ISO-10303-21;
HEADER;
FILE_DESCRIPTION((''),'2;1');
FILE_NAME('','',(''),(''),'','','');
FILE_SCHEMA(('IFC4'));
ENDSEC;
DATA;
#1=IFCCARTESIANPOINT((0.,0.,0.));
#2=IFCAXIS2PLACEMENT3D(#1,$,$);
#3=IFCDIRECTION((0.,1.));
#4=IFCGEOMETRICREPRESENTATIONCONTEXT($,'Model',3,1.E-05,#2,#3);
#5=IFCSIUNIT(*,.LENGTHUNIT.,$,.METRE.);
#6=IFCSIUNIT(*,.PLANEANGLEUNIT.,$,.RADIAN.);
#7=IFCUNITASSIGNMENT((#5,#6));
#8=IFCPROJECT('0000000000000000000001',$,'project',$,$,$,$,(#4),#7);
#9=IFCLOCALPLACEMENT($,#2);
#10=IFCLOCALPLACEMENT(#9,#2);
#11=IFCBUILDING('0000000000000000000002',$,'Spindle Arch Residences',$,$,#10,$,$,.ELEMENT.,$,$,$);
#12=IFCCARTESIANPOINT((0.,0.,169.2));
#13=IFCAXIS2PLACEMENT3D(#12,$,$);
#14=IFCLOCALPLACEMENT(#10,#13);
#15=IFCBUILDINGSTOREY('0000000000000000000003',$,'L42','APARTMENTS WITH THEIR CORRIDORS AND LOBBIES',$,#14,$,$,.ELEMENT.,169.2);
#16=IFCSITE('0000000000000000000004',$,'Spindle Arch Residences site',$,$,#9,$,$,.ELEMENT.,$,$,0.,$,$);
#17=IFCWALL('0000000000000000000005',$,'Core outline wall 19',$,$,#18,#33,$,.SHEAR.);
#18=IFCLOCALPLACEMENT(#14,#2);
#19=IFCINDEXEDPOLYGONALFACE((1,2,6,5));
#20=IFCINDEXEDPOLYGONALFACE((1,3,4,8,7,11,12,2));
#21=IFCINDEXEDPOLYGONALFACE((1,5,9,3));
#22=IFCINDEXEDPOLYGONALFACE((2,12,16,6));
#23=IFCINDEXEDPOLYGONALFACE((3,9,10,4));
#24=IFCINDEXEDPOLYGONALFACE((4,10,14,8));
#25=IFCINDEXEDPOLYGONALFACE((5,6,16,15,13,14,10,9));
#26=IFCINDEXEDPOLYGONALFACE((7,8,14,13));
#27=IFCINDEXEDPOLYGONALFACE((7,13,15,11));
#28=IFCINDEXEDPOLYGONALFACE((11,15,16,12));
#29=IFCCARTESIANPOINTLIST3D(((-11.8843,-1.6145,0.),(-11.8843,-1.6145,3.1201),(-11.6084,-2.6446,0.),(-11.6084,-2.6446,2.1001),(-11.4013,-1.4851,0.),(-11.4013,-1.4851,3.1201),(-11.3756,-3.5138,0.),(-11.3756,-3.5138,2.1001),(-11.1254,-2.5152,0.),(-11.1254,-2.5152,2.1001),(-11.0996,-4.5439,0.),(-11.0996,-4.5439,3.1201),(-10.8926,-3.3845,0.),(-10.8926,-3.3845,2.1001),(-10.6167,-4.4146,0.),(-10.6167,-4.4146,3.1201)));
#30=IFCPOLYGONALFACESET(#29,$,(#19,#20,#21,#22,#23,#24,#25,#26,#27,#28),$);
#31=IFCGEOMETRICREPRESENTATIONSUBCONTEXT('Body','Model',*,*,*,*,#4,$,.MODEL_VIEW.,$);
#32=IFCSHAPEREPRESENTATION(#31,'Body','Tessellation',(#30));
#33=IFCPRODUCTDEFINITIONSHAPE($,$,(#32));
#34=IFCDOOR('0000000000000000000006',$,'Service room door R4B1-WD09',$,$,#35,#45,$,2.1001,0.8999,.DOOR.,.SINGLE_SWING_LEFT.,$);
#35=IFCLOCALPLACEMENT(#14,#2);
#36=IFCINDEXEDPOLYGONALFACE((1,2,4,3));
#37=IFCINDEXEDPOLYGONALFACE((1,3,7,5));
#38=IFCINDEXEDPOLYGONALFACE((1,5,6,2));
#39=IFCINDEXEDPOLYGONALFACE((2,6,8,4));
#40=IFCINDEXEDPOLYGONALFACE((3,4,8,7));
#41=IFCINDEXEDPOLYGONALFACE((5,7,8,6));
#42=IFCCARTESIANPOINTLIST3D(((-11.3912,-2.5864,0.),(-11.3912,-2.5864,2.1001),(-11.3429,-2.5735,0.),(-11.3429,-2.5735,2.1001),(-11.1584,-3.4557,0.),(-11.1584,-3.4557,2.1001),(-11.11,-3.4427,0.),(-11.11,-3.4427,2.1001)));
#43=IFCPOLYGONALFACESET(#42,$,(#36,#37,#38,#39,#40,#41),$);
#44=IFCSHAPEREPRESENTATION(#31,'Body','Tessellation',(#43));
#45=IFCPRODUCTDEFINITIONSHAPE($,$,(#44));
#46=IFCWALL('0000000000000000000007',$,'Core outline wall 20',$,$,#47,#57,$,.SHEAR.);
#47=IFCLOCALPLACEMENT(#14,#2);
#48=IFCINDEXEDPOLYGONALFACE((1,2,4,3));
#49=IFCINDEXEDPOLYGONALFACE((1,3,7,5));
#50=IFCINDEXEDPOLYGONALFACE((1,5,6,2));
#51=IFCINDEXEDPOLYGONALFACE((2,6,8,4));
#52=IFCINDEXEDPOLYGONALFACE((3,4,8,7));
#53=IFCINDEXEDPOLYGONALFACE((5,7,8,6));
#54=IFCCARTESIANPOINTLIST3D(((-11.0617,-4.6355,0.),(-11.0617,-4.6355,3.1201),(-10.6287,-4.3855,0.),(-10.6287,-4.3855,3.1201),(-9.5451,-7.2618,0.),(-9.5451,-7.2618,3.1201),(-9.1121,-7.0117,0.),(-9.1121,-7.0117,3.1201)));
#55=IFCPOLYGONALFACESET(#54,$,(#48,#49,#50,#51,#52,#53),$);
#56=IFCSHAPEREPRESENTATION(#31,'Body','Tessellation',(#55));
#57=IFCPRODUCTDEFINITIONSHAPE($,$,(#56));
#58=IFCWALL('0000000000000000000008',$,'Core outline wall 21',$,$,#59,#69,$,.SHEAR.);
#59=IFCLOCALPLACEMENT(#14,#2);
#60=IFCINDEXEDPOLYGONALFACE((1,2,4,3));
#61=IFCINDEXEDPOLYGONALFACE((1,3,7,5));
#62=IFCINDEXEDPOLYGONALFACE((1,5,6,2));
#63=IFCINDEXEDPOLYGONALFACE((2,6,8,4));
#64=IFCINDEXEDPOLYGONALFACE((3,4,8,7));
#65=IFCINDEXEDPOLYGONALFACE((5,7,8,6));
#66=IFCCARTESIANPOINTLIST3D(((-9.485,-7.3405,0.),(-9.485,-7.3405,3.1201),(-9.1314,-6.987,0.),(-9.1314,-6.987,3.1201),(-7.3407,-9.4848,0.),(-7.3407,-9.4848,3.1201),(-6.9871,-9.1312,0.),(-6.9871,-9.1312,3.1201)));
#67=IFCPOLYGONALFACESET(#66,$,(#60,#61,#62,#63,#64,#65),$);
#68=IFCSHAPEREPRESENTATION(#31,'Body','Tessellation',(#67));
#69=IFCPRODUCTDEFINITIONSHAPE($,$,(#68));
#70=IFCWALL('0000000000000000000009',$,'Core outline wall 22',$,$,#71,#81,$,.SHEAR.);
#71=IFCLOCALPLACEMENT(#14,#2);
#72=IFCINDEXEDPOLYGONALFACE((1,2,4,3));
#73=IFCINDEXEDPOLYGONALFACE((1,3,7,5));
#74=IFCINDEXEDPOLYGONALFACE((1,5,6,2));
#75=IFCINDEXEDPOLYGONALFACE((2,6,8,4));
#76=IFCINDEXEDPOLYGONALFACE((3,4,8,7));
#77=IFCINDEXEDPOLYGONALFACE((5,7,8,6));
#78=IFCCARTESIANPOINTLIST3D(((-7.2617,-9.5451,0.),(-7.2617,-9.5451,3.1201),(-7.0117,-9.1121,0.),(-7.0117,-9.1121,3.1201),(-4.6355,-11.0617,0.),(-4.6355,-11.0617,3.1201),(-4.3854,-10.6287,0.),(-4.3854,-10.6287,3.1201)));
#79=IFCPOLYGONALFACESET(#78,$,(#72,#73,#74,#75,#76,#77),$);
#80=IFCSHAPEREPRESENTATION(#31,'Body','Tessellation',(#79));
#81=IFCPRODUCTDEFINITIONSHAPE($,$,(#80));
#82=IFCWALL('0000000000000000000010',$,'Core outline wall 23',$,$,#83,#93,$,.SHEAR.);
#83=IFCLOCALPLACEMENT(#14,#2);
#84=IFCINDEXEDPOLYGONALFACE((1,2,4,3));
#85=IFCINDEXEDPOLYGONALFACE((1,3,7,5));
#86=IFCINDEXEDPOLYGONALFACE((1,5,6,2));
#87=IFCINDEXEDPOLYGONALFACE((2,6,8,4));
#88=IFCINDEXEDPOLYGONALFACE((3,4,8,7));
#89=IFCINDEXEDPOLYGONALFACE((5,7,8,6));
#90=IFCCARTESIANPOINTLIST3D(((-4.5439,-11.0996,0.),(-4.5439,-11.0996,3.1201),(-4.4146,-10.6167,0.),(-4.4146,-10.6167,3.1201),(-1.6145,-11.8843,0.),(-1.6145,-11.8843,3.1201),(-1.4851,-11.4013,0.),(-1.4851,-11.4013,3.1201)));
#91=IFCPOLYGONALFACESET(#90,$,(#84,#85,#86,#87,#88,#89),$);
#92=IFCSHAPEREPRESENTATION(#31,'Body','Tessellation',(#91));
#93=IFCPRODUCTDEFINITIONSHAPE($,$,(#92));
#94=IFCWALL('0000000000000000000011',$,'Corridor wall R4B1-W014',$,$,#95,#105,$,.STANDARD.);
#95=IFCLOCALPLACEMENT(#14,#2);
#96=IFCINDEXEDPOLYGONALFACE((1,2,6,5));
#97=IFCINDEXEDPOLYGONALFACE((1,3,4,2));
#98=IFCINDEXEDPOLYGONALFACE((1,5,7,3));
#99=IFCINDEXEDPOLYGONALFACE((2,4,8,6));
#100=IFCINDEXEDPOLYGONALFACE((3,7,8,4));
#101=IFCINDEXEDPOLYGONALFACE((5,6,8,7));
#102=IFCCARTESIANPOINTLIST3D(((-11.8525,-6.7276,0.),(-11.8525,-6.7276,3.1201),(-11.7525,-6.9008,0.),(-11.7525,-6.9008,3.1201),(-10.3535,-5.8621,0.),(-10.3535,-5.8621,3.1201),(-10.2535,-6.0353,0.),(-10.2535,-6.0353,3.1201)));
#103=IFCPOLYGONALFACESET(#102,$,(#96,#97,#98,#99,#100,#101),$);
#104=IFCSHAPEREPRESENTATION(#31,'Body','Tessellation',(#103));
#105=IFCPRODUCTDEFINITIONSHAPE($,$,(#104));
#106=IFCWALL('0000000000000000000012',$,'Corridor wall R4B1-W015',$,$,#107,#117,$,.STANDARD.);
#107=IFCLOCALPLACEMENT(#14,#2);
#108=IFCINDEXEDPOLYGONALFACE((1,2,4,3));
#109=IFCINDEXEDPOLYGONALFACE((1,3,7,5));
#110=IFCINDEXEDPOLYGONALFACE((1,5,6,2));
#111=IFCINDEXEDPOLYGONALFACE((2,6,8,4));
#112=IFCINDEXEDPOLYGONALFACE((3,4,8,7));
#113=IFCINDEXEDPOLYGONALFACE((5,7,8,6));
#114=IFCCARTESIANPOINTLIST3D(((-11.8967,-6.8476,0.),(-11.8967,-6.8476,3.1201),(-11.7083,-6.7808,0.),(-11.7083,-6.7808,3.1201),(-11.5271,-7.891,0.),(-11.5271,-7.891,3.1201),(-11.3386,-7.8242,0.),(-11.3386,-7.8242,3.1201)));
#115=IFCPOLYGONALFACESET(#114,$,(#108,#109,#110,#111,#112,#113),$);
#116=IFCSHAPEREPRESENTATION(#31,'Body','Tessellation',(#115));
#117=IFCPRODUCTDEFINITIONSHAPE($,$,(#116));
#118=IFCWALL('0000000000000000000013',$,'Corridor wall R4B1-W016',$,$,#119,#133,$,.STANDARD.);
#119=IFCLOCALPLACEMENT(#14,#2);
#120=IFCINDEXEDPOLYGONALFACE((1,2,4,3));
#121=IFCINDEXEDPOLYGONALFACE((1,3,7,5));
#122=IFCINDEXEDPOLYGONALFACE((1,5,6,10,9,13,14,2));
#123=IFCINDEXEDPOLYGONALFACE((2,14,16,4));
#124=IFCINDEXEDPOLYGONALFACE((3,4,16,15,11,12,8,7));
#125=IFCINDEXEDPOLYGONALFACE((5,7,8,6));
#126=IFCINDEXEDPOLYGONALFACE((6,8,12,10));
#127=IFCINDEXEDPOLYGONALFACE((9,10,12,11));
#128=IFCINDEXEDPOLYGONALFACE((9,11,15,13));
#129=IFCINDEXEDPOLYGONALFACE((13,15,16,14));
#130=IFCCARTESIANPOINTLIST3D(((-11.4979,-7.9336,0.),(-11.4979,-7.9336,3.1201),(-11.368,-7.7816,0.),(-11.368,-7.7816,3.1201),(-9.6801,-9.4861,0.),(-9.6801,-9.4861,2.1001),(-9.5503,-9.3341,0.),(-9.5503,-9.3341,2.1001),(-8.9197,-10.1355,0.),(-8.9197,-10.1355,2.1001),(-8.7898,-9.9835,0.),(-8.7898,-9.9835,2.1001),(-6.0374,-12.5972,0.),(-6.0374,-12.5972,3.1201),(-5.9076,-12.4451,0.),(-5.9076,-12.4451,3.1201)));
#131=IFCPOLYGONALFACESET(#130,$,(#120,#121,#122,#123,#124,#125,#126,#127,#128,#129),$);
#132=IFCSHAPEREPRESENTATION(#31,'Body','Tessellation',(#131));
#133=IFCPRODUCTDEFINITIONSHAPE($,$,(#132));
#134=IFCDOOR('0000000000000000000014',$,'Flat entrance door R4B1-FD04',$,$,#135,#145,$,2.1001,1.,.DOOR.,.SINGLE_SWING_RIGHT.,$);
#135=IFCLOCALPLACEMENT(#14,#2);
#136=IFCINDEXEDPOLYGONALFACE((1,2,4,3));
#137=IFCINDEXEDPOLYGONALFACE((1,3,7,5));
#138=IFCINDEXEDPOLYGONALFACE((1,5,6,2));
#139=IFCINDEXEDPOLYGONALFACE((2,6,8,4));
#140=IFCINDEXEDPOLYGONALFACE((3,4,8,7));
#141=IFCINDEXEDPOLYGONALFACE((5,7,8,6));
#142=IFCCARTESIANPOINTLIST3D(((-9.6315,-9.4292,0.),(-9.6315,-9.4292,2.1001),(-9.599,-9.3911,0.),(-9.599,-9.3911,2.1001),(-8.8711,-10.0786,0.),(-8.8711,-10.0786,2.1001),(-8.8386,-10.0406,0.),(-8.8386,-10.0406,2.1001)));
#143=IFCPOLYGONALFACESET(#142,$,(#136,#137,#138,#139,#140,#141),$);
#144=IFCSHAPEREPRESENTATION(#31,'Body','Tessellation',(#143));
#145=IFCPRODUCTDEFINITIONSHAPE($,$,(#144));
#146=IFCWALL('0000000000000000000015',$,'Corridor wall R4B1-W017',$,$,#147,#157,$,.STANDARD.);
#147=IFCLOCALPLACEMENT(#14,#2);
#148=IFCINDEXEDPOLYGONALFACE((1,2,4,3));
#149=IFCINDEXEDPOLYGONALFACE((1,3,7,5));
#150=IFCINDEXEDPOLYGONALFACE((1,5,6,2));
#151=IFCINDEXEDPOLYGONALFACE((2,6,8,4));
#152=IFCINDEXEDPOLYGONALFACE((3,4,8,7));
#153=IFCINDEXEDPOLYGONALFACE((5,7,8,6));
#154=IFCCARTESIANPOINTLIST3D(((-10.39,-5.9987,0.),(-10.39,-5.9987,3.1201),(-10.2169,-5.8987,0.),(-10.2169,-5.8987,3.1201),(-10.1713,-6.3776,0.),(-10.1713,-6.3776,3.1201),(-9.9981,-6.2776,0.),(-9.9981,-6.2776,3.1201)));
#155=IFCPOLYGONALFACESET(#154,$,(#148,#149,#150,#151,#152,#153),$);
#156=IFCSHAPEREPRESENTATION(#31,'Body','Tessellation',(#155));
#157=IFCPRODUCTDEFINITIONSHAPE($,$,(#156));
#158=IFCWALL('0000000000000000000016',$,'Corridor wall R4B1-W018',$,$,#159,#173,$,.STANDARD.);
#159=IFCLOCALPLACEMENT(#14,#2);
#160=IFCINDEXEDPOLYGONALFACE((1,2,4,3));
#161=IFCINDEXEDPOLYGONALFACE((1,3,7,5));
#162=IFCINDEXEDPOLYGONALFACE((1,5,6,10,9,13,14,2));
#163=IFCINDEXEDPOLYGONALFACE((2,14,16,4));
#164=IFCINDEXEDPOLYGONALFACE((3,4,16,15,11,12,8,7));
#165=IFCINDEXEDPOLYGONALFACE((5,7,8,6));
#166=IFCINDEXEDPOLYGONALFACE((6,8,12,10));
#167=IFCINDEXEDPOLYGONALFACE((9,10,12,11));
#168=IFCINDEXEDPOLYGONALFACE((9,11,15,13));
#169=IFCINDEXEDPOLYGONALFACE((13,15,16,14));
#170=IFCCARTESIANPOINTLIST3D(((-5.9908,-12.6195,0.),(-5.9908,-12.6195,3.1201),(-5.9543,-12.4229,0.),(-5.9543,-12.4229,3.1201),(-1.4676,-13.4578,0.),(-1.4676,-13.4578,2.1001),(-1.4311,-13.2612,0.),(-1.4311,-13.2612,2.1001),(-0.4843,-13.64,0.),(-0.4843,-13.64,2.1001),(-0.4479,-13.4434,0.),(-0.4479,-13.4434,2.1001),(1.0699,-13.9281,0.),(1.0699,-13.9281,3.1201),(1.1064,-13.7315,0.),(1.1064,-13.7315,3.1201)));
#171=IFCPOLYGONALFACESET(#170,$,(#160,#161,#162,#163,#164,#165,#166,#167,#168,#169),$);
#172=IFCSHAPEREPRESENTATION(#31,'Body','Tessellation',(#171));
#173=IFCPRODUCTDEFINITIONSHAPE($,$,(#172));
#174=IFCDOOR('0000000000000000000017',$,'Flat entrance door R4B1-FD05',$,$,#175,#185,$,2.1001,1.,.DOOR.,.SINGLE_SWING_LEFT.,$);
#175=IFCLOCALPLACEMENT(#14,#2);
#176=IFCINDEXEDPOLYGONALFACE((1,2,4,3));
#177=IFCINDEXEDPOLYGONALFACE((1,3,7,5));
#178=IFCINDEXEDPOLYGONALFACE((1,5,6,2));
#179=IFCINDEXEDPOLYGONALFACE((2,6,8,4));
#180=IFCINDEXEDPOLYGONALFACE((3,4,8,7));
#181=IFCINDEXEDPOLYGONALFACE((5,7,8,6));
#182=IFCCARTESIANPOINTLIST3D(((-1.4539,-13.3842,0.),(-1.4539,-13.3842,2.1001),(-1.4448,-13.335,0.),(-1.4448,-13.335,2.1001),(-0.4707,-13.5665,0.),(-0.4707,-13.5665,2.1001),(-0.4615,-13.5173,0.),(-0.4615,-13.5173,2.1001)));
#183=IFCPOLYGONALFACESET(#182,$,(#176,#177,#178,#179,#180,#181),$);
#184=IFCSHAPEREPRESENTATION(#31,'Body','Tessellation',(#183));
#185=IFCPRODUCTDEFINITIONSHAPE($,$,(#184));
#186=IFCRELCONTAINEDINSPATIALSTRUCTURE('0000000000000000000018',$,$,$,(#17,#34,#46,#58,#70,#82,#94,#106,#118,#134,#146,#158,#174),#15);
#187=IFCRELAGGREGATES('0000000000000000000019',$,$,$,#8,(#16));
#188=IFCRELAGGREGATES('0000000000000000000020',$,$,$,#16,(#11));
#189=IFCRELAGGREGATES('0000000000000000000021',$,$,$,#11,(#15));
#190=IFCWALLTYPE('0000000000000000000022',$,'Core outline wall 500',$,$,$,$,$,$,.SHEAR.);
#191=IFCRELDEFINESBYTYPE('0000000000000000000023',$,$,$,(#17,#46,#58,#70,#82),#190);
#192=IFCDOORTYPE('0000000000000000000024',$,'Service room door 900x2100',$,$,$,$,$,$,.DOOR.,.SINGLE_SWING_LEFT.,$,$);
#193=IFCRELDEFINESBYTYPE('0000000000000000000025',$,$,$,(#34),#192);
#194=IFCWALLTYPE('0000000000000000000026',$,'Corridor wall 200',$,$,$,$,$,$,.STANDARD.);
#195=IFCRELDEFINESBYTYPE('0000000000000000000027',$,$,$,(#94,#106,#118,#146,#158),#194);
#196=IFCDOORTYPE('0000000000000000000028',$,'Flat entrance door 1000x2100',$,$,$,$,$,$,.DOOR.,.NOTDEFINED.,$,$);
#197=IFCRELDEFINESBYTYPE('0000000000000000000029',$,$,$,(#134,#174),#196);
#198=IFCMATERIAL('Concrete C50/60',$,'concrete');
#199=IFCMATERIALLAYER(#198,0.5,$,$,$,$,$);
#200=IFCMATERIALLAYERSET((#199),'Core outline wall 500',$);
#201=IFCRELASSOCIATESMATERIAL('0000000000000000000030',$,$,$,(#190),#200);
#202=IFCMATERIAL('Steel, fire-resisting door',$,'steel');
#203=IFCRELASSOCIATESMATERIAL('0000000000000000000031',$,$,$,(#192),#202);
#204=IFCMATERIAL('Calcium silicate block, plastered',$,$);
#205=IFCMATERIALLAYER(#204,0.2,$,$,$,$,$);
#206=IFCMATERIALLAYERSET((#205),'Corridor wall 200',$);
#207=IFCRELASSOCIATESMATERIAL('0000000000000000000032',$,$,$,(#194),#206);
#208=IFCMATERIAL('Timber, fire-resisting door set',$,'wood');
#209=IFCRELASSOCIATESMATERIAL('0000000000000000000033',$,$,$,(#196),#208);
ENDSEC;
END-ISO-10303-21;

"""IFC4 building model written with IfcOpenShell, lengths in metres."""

from ifc_helpers import new_model, si_unit, direction, frame, frame_2d, origin, place, context, subcontext, project, spatial, rectangle, extrude, material, layer, layer_set, type_object, element, fill, save


model = new_model("IFC4")

# Units and contexts
model_context = context("Model", 3, precision=1e-05, world=origin(), true_north=direction((0.0, 1.0)))
body_context = subcontext(model_context, "Body", "Model", "MODEL_VIEW")
ifc_project = project(units=[si_unit("LENGTHUNIT", "METRE"), si_unit("PLANEANGLEUNIT", "RADIAN")], contexts=[model_context])

# Site, building, storey
site_placement = place(None, origin())
site = spatial("IfcSite", under=ifc_project, at=site_placement, Name="Spindle Arch Residences site", CompositionType="ELEMENT", RefElevation=0.0)
building_placement = place(site_placement, origin())
building = spatial("IfcBuilding", under=site, at=building_placement, Name="Spindle Arch Residences", CompositionType="ELEMENT")
storey_placement = place(building_placement, frame((0.0, 0.0, 169.2)))
storey = spatial("IfcBuildingStorey", under=building, at=storey_placement, Name="L42", Description="APARTMENTS WITH THEIR CORRIDORS AND LOBBIES", CompositionType="ELEMENT", Elevation=169.2)

# Wall, opening, door
ifc_material_1 = material(Name="Concrete C50/60", Category="concrete")
ifc_layer_1 = layer(ifc_material_1, 0.5)
ifc_layer_set_1 = layer_set([ifc_layer_1], Name="Core outline wall 500")
wall_type_1 = type_object("IfcWallType", Name="Core outline wall 500", PredefinedType="SHEAR", material=ifc_layer_set_1)
wall_1_placement = place(storey_placement, frame((-11.6428, -1.5498, 0.0), z_axis=(0.0, 0.0, 1.0), x_axis=(0.258735, -0.965948, 0.0)))
wall_1 = element("IfcWall", 1, at=wall_1_placement, inside=storey, type_object=wall_type_1, Name="Core outline wall 19", PredefinedType="SHEAR", context=body_context, shape_type="SweptSolid", body=[
    extrude(rectangle(XDim=3.0327, YDim=0.5, at=frame_2d((1.5164, 0.0))), origin(), (0.0, 0.0, 1.0), 3.1201),
])
opening_1_placement = place(wall_1_placement, frame((1.0664, 0.0, 0.0)))
opening_1 = element("IfcOpeningElement", 2, at=opening_1_placement, cuts=wall_1, PredefinedType="OPENING", context=body_context, shape_type="SweptSolid", body=[
    extrude(rectangle(XDim=0.8999, YDim=2.1001, at=frame_2d((0.45, 1.05))), frame((0.0, 0.26, 0.0), z_axis=(0.0, -1.0, 0.0), x_axis=(1.0, 0.0, 0.0)), (0.0, 0.0, 1.0), 0.52),
])
ifc_material_2 = material(Name="Steel, fire-resisting door", Category="steel")
door_type_1 = type_object("IfcDoorType", Name="Service room door 900x2100", OperationType="SINGLE_SWING_LEFT", PredefinedType="DOOR", material=ifc_material_2)
door_1_placement = place(opening_1_placement, origin())
door_1 = element("IfcDoor", 3, at=door_1_placement, inside=storey, type_object=door_type_1, Name="Service room door R4B1-WD09", OperationType="SINGLE_SWING_LEFT", OverallHeight=2.1001, OverallWidth=0.8999, PredefinedType="DOOR", context=body_context, shape_type="SweptSolid", body=[
    extrude(rectangle(XDim=0.8999, YDim=2.1001, at=frame_2d((0.45, 1.05))), frame((0.0, 0.0249, 0.0), z_axis=(0.0, -1.0, 0.0), x_axis=(1.0, 0.0, 0.0)), (0.0, 0.0, 1.0), 0.05),
])
fill(opening_1, door_1)

# Walls
wall_2_placement = place(storey_placement, frame((-10.8452, -4.5105, 0.0), z_axis=(0.0, 0.0, 1.0), x_axis=(0.500087, -0.865975, 0.0)))
element("IfcWall", 4, at=wall_2_placement, inside=storey, type_object=wall_type_1, Name="Core outline wall 20", PredefinedType="SHEAR", context=body_context, shape_type="SweptSolid", body=[
    extrude(rectangle(XDim=3.0327, YDim=0.5, at=frame_2d((1.5164, 0.0))), origin(), (0.0, 0.0, 1.0), 3.1201),
])
wall_3_placement = place(storey_placement, frame((-9.3081, -7.1638, 0.0), z_axis=(0.0, 0.0, 1.0), x_axis=(0.707107, -0.707107, 0.0)))
element("IfcWall", 5, at=wall_3_placement, inside=storey, type_object=wall_type_1, Name="Core outline wall 21", PredefinedType="SHEAR", context=body_context, shape_type="SweptSolid", body=[
    extrude(rectangle(XDim=3.0325, YDim=0.5, at=frame_2d((1.5161, 0.0))), origin(), (0.0, 0.0, 1.0), 3.1201),
])
for number, where, z_axis, x_axis, name in (
    (6, (-7.1367, -9.3286, 0.0), (0.0, 0.0, 1.0), (0.865975, -0.500087, 0.0), "Core outline wall 22"),
    (7, (-4.4792, -10.8582, 0.0), (0.0, 0.0, 1.0), (0.965948, -0.258735, 0.0), "Core outline wall 23"),
):
    element("IfcWall", number, at=place(storey_placement, frame(where, z_axis=z_axis, x_axis=x_axis)), inside=storey, type_object=wall_type_1, Name=name, PredefinedType="SHEAR", context=body_context, shape_type="SweptSolid", body=[
        extrude(rectangle(XDim=3.0327, YDim=0.5, at=frame_2d((1.5164, 0.0))), origin(), (0.0, 0.0, 1.0), 3.1201),
    ])
ifc_material_3 = material(Name="Calcium silicate block, plastered")
ifc_layer_2 = layer(ifc_material_3, 0.2)
ifc_layer_set_2 = layer_set([ifc_layer_2], Name="Corridor wall 200")
wall_type_2 = type_object("IfcWallType", Name="Corridor wall 200", PredefinedType="STANDARD", material=ifc_layer_set_2)
wall_4_placement = place(storey_placement, frame((-10.3035, -5.9487, 0.0), z_axis=(0.0, 0.0, 1.0), x_axis=(-0.866021, -0.500007, 0.0)))
element("IfcWall", 8, at=wall_4_placement, inside=storey, type_object=wall_type_2, Name="Corridor wall R4B1-W014", PredefinedType="STANDARD", context=body_context, shape_type="SweptSolid", body=[
    extrude(rectangle(XDim=1.731, YDim=0.2, at=frame_2d((0.8655, 0.0))), origin(), (0.0, 0.0, 1.0), 3.1201),
])
wall_5_placement = place(storey_placement, frame((-11.8025, -6.8142, 0.0), z_axis=(0.0, 0.0, 1.0), x_axis=(0.333904, -0.942607, 0.0)))
element("IfcWall", 9, at=wall_5_placement, inside=storey, type_object=wall_type_2, Name="Corridor wall R4B1-W015", PredefinedType="STANDARD", context=body_context, shape_type="SweptSolid", body=[
    extrude(rectangle(XDim=1.1069, YDim=0.2, at=frame_2d((0.5535, 0.0))), origin(), (0.0, 0.0, 1.0), 3.1201),
])

# Wall, opening, door
wall_6_placement = place(storey_placement, frame((-11.4329, -7.8577, 0.0), z_axis=(0.0, 0.0, 1.0), x_axis=(0.760412, -0.649441, 0.0)))
wall_6 = element("IfcWall", 10, at=wall_6_placement, inside=storey, type_object=wall_type_2, Name="Corridor wall R4B1-W016", PredefinedType="STANDARD", context=body_context, shape_type="SweptSolid", body=[
    extrude(rectangle(XDim=7.1809, YDim=0.2, at=frame_2d((3.5903, 0.0))), origin(), (0.0, 0.0, 1.0), 3.1201),
])
opening_2_placement = place(wall_6_placement, frame((2.3904, 0.0, 0.0)))
opening_2 = element("IfcOpeningElement", 11, at=opening_2_placement, cuts=wall_6, PredefinedType="OPENING", context=body_context, shape_type="SweptSolid", body=[
    extrude(rectangle(XDim=1.0, YDim=2.1001, at=frame_2d((0.5, 1.05))), frame((0.0, 0.1099, 0.0), z_axis=(0.0, -1.0, 0.0), x_axis=(1.0, 0.0, 0.0)), (0.0, 0.0, 1.0), 0.22),
])
ifc_material_4 = material(Name="Timber, fire-resisting door set", Category="wood")
door_type_2 = type_object("IfcDoorType", Name="Flat entrance door 1000x2100", OperationType="NOTDEFINED", PredefinedType="DOOR", material=ifc_material_4)
door_2_placement = place(opening_2_placement, origin())
door_2 = element("IfcDoor", 12, at=door_2_placement, inside=storey, type_object=door_type_2, Name="Flat entrance door R4B1-FD04", OperationType="SINGLE_SWING_RIGHT", OverallHeight=2.1001, OverallWidth=1.0, PredefinedType="DOOR", context=body_context, shape_type="SweptSolid", body=[
    extrude(rectangle(XDim=1.0, YDim=2.1001, at=frame_2d((0.5, 1.05))), frame((0.0, 0.0249, 0.0), z_axis=(0.0, -1.0, 0.0), x_axis=(1.0, 0.0, 0.0)), (0.0, 0.0, 1.0), 0.05),
])
fill(opening_2, door_2)

# Wall
wall_7_placement = place(storey_placement, frame((-10.3035, -5.9487, 0.0), z_axis=(0.0, 0.0, 1.0), x_axis=(0.49998, -0.866037, 0.0)))
element("IfcWall", 13, at=wall_7_placement, inside=storey, type_object=wall_type_2, Name="Corridor wall R4B1-W017", PredefinedType="STANDARD", context=body_context, shape_type="SweptSolid", body=[
    extrude(rectangle(XDim=0.4375, YDim=0.2, at=frame_2d((0.2188, 0.0))), origin(), (0.0, 0.0, 1.0), 3.1201),
])

# Wall, opening, door
wall_8_placement = place(storey_placement, frame((-5.9724, -12.5212, 0.0), z_axis=(0.0, 0.0, 1.0), x_axis=(0.983256, -0.182229, 0.0)))
wall_8 = element("IfcWall", 14, at=wall_8_placement, inside=storey, type_object=wall_type_2, Name="Corridor wall R4B1-W018", PredefinedType="STANDARD", context=body_context, shape_type="SweptSolid", body=[
    extrude(rectangle(XDim=7.1809, YDim=0.2, at=frame_2d((3.5903, 0.0))), origin(), (0.0, 0.0, 1.0), 3.1201),
])
opening_3_placement = place(wall_8_placement, frame((4.6001, 0.0, 0.0)))
opening_3 = element("IfcOpeningElement", 15, at=opening_3_placement, cuts=wall_8, PredefinedType="OPENING", context=body_context, shape_type="SweptSolid", body=[
    extrude(rectangle(XDim=1.0, YDim=2.1001, at=frame_2d((0.5, 1.05))), frame((0.0, 0.1099, 0.0), z_axis=(0.0, -1.0, 0.0), x_axis=(1.0, 0.0, 0.0)), (0.0, 0.0, 1.0), 0.22),
])
door_3_placement = place(opening_3_placement, origin())
door_3 = element("IfcDoor", 16, at=door_3_placement, inside=storey, type_object=door_type_2, Name="Flat entrance door R4B1-FD05", OperationType="SINGLE_SWING_LEFT", OverallHeight=2.1001, OverallWidth=1.0, PredefinedType="DOOR", context=body_context, shape_type="SweptSolid", body=[
    extrude(rectangle(XDim=1.0, YDim=2.1001, at=frame_2d((0.5, 1.05))), frame((0.0, 0.0249, 0.0), z_axis=(0.0, -1.0, 0.0), x_axis=(1.0, 0.0, 0.0)), (0.0, 0.0, 1.0), 0.05),
])
fill(opening_3, door_3)

save(model, "model.ifc")
